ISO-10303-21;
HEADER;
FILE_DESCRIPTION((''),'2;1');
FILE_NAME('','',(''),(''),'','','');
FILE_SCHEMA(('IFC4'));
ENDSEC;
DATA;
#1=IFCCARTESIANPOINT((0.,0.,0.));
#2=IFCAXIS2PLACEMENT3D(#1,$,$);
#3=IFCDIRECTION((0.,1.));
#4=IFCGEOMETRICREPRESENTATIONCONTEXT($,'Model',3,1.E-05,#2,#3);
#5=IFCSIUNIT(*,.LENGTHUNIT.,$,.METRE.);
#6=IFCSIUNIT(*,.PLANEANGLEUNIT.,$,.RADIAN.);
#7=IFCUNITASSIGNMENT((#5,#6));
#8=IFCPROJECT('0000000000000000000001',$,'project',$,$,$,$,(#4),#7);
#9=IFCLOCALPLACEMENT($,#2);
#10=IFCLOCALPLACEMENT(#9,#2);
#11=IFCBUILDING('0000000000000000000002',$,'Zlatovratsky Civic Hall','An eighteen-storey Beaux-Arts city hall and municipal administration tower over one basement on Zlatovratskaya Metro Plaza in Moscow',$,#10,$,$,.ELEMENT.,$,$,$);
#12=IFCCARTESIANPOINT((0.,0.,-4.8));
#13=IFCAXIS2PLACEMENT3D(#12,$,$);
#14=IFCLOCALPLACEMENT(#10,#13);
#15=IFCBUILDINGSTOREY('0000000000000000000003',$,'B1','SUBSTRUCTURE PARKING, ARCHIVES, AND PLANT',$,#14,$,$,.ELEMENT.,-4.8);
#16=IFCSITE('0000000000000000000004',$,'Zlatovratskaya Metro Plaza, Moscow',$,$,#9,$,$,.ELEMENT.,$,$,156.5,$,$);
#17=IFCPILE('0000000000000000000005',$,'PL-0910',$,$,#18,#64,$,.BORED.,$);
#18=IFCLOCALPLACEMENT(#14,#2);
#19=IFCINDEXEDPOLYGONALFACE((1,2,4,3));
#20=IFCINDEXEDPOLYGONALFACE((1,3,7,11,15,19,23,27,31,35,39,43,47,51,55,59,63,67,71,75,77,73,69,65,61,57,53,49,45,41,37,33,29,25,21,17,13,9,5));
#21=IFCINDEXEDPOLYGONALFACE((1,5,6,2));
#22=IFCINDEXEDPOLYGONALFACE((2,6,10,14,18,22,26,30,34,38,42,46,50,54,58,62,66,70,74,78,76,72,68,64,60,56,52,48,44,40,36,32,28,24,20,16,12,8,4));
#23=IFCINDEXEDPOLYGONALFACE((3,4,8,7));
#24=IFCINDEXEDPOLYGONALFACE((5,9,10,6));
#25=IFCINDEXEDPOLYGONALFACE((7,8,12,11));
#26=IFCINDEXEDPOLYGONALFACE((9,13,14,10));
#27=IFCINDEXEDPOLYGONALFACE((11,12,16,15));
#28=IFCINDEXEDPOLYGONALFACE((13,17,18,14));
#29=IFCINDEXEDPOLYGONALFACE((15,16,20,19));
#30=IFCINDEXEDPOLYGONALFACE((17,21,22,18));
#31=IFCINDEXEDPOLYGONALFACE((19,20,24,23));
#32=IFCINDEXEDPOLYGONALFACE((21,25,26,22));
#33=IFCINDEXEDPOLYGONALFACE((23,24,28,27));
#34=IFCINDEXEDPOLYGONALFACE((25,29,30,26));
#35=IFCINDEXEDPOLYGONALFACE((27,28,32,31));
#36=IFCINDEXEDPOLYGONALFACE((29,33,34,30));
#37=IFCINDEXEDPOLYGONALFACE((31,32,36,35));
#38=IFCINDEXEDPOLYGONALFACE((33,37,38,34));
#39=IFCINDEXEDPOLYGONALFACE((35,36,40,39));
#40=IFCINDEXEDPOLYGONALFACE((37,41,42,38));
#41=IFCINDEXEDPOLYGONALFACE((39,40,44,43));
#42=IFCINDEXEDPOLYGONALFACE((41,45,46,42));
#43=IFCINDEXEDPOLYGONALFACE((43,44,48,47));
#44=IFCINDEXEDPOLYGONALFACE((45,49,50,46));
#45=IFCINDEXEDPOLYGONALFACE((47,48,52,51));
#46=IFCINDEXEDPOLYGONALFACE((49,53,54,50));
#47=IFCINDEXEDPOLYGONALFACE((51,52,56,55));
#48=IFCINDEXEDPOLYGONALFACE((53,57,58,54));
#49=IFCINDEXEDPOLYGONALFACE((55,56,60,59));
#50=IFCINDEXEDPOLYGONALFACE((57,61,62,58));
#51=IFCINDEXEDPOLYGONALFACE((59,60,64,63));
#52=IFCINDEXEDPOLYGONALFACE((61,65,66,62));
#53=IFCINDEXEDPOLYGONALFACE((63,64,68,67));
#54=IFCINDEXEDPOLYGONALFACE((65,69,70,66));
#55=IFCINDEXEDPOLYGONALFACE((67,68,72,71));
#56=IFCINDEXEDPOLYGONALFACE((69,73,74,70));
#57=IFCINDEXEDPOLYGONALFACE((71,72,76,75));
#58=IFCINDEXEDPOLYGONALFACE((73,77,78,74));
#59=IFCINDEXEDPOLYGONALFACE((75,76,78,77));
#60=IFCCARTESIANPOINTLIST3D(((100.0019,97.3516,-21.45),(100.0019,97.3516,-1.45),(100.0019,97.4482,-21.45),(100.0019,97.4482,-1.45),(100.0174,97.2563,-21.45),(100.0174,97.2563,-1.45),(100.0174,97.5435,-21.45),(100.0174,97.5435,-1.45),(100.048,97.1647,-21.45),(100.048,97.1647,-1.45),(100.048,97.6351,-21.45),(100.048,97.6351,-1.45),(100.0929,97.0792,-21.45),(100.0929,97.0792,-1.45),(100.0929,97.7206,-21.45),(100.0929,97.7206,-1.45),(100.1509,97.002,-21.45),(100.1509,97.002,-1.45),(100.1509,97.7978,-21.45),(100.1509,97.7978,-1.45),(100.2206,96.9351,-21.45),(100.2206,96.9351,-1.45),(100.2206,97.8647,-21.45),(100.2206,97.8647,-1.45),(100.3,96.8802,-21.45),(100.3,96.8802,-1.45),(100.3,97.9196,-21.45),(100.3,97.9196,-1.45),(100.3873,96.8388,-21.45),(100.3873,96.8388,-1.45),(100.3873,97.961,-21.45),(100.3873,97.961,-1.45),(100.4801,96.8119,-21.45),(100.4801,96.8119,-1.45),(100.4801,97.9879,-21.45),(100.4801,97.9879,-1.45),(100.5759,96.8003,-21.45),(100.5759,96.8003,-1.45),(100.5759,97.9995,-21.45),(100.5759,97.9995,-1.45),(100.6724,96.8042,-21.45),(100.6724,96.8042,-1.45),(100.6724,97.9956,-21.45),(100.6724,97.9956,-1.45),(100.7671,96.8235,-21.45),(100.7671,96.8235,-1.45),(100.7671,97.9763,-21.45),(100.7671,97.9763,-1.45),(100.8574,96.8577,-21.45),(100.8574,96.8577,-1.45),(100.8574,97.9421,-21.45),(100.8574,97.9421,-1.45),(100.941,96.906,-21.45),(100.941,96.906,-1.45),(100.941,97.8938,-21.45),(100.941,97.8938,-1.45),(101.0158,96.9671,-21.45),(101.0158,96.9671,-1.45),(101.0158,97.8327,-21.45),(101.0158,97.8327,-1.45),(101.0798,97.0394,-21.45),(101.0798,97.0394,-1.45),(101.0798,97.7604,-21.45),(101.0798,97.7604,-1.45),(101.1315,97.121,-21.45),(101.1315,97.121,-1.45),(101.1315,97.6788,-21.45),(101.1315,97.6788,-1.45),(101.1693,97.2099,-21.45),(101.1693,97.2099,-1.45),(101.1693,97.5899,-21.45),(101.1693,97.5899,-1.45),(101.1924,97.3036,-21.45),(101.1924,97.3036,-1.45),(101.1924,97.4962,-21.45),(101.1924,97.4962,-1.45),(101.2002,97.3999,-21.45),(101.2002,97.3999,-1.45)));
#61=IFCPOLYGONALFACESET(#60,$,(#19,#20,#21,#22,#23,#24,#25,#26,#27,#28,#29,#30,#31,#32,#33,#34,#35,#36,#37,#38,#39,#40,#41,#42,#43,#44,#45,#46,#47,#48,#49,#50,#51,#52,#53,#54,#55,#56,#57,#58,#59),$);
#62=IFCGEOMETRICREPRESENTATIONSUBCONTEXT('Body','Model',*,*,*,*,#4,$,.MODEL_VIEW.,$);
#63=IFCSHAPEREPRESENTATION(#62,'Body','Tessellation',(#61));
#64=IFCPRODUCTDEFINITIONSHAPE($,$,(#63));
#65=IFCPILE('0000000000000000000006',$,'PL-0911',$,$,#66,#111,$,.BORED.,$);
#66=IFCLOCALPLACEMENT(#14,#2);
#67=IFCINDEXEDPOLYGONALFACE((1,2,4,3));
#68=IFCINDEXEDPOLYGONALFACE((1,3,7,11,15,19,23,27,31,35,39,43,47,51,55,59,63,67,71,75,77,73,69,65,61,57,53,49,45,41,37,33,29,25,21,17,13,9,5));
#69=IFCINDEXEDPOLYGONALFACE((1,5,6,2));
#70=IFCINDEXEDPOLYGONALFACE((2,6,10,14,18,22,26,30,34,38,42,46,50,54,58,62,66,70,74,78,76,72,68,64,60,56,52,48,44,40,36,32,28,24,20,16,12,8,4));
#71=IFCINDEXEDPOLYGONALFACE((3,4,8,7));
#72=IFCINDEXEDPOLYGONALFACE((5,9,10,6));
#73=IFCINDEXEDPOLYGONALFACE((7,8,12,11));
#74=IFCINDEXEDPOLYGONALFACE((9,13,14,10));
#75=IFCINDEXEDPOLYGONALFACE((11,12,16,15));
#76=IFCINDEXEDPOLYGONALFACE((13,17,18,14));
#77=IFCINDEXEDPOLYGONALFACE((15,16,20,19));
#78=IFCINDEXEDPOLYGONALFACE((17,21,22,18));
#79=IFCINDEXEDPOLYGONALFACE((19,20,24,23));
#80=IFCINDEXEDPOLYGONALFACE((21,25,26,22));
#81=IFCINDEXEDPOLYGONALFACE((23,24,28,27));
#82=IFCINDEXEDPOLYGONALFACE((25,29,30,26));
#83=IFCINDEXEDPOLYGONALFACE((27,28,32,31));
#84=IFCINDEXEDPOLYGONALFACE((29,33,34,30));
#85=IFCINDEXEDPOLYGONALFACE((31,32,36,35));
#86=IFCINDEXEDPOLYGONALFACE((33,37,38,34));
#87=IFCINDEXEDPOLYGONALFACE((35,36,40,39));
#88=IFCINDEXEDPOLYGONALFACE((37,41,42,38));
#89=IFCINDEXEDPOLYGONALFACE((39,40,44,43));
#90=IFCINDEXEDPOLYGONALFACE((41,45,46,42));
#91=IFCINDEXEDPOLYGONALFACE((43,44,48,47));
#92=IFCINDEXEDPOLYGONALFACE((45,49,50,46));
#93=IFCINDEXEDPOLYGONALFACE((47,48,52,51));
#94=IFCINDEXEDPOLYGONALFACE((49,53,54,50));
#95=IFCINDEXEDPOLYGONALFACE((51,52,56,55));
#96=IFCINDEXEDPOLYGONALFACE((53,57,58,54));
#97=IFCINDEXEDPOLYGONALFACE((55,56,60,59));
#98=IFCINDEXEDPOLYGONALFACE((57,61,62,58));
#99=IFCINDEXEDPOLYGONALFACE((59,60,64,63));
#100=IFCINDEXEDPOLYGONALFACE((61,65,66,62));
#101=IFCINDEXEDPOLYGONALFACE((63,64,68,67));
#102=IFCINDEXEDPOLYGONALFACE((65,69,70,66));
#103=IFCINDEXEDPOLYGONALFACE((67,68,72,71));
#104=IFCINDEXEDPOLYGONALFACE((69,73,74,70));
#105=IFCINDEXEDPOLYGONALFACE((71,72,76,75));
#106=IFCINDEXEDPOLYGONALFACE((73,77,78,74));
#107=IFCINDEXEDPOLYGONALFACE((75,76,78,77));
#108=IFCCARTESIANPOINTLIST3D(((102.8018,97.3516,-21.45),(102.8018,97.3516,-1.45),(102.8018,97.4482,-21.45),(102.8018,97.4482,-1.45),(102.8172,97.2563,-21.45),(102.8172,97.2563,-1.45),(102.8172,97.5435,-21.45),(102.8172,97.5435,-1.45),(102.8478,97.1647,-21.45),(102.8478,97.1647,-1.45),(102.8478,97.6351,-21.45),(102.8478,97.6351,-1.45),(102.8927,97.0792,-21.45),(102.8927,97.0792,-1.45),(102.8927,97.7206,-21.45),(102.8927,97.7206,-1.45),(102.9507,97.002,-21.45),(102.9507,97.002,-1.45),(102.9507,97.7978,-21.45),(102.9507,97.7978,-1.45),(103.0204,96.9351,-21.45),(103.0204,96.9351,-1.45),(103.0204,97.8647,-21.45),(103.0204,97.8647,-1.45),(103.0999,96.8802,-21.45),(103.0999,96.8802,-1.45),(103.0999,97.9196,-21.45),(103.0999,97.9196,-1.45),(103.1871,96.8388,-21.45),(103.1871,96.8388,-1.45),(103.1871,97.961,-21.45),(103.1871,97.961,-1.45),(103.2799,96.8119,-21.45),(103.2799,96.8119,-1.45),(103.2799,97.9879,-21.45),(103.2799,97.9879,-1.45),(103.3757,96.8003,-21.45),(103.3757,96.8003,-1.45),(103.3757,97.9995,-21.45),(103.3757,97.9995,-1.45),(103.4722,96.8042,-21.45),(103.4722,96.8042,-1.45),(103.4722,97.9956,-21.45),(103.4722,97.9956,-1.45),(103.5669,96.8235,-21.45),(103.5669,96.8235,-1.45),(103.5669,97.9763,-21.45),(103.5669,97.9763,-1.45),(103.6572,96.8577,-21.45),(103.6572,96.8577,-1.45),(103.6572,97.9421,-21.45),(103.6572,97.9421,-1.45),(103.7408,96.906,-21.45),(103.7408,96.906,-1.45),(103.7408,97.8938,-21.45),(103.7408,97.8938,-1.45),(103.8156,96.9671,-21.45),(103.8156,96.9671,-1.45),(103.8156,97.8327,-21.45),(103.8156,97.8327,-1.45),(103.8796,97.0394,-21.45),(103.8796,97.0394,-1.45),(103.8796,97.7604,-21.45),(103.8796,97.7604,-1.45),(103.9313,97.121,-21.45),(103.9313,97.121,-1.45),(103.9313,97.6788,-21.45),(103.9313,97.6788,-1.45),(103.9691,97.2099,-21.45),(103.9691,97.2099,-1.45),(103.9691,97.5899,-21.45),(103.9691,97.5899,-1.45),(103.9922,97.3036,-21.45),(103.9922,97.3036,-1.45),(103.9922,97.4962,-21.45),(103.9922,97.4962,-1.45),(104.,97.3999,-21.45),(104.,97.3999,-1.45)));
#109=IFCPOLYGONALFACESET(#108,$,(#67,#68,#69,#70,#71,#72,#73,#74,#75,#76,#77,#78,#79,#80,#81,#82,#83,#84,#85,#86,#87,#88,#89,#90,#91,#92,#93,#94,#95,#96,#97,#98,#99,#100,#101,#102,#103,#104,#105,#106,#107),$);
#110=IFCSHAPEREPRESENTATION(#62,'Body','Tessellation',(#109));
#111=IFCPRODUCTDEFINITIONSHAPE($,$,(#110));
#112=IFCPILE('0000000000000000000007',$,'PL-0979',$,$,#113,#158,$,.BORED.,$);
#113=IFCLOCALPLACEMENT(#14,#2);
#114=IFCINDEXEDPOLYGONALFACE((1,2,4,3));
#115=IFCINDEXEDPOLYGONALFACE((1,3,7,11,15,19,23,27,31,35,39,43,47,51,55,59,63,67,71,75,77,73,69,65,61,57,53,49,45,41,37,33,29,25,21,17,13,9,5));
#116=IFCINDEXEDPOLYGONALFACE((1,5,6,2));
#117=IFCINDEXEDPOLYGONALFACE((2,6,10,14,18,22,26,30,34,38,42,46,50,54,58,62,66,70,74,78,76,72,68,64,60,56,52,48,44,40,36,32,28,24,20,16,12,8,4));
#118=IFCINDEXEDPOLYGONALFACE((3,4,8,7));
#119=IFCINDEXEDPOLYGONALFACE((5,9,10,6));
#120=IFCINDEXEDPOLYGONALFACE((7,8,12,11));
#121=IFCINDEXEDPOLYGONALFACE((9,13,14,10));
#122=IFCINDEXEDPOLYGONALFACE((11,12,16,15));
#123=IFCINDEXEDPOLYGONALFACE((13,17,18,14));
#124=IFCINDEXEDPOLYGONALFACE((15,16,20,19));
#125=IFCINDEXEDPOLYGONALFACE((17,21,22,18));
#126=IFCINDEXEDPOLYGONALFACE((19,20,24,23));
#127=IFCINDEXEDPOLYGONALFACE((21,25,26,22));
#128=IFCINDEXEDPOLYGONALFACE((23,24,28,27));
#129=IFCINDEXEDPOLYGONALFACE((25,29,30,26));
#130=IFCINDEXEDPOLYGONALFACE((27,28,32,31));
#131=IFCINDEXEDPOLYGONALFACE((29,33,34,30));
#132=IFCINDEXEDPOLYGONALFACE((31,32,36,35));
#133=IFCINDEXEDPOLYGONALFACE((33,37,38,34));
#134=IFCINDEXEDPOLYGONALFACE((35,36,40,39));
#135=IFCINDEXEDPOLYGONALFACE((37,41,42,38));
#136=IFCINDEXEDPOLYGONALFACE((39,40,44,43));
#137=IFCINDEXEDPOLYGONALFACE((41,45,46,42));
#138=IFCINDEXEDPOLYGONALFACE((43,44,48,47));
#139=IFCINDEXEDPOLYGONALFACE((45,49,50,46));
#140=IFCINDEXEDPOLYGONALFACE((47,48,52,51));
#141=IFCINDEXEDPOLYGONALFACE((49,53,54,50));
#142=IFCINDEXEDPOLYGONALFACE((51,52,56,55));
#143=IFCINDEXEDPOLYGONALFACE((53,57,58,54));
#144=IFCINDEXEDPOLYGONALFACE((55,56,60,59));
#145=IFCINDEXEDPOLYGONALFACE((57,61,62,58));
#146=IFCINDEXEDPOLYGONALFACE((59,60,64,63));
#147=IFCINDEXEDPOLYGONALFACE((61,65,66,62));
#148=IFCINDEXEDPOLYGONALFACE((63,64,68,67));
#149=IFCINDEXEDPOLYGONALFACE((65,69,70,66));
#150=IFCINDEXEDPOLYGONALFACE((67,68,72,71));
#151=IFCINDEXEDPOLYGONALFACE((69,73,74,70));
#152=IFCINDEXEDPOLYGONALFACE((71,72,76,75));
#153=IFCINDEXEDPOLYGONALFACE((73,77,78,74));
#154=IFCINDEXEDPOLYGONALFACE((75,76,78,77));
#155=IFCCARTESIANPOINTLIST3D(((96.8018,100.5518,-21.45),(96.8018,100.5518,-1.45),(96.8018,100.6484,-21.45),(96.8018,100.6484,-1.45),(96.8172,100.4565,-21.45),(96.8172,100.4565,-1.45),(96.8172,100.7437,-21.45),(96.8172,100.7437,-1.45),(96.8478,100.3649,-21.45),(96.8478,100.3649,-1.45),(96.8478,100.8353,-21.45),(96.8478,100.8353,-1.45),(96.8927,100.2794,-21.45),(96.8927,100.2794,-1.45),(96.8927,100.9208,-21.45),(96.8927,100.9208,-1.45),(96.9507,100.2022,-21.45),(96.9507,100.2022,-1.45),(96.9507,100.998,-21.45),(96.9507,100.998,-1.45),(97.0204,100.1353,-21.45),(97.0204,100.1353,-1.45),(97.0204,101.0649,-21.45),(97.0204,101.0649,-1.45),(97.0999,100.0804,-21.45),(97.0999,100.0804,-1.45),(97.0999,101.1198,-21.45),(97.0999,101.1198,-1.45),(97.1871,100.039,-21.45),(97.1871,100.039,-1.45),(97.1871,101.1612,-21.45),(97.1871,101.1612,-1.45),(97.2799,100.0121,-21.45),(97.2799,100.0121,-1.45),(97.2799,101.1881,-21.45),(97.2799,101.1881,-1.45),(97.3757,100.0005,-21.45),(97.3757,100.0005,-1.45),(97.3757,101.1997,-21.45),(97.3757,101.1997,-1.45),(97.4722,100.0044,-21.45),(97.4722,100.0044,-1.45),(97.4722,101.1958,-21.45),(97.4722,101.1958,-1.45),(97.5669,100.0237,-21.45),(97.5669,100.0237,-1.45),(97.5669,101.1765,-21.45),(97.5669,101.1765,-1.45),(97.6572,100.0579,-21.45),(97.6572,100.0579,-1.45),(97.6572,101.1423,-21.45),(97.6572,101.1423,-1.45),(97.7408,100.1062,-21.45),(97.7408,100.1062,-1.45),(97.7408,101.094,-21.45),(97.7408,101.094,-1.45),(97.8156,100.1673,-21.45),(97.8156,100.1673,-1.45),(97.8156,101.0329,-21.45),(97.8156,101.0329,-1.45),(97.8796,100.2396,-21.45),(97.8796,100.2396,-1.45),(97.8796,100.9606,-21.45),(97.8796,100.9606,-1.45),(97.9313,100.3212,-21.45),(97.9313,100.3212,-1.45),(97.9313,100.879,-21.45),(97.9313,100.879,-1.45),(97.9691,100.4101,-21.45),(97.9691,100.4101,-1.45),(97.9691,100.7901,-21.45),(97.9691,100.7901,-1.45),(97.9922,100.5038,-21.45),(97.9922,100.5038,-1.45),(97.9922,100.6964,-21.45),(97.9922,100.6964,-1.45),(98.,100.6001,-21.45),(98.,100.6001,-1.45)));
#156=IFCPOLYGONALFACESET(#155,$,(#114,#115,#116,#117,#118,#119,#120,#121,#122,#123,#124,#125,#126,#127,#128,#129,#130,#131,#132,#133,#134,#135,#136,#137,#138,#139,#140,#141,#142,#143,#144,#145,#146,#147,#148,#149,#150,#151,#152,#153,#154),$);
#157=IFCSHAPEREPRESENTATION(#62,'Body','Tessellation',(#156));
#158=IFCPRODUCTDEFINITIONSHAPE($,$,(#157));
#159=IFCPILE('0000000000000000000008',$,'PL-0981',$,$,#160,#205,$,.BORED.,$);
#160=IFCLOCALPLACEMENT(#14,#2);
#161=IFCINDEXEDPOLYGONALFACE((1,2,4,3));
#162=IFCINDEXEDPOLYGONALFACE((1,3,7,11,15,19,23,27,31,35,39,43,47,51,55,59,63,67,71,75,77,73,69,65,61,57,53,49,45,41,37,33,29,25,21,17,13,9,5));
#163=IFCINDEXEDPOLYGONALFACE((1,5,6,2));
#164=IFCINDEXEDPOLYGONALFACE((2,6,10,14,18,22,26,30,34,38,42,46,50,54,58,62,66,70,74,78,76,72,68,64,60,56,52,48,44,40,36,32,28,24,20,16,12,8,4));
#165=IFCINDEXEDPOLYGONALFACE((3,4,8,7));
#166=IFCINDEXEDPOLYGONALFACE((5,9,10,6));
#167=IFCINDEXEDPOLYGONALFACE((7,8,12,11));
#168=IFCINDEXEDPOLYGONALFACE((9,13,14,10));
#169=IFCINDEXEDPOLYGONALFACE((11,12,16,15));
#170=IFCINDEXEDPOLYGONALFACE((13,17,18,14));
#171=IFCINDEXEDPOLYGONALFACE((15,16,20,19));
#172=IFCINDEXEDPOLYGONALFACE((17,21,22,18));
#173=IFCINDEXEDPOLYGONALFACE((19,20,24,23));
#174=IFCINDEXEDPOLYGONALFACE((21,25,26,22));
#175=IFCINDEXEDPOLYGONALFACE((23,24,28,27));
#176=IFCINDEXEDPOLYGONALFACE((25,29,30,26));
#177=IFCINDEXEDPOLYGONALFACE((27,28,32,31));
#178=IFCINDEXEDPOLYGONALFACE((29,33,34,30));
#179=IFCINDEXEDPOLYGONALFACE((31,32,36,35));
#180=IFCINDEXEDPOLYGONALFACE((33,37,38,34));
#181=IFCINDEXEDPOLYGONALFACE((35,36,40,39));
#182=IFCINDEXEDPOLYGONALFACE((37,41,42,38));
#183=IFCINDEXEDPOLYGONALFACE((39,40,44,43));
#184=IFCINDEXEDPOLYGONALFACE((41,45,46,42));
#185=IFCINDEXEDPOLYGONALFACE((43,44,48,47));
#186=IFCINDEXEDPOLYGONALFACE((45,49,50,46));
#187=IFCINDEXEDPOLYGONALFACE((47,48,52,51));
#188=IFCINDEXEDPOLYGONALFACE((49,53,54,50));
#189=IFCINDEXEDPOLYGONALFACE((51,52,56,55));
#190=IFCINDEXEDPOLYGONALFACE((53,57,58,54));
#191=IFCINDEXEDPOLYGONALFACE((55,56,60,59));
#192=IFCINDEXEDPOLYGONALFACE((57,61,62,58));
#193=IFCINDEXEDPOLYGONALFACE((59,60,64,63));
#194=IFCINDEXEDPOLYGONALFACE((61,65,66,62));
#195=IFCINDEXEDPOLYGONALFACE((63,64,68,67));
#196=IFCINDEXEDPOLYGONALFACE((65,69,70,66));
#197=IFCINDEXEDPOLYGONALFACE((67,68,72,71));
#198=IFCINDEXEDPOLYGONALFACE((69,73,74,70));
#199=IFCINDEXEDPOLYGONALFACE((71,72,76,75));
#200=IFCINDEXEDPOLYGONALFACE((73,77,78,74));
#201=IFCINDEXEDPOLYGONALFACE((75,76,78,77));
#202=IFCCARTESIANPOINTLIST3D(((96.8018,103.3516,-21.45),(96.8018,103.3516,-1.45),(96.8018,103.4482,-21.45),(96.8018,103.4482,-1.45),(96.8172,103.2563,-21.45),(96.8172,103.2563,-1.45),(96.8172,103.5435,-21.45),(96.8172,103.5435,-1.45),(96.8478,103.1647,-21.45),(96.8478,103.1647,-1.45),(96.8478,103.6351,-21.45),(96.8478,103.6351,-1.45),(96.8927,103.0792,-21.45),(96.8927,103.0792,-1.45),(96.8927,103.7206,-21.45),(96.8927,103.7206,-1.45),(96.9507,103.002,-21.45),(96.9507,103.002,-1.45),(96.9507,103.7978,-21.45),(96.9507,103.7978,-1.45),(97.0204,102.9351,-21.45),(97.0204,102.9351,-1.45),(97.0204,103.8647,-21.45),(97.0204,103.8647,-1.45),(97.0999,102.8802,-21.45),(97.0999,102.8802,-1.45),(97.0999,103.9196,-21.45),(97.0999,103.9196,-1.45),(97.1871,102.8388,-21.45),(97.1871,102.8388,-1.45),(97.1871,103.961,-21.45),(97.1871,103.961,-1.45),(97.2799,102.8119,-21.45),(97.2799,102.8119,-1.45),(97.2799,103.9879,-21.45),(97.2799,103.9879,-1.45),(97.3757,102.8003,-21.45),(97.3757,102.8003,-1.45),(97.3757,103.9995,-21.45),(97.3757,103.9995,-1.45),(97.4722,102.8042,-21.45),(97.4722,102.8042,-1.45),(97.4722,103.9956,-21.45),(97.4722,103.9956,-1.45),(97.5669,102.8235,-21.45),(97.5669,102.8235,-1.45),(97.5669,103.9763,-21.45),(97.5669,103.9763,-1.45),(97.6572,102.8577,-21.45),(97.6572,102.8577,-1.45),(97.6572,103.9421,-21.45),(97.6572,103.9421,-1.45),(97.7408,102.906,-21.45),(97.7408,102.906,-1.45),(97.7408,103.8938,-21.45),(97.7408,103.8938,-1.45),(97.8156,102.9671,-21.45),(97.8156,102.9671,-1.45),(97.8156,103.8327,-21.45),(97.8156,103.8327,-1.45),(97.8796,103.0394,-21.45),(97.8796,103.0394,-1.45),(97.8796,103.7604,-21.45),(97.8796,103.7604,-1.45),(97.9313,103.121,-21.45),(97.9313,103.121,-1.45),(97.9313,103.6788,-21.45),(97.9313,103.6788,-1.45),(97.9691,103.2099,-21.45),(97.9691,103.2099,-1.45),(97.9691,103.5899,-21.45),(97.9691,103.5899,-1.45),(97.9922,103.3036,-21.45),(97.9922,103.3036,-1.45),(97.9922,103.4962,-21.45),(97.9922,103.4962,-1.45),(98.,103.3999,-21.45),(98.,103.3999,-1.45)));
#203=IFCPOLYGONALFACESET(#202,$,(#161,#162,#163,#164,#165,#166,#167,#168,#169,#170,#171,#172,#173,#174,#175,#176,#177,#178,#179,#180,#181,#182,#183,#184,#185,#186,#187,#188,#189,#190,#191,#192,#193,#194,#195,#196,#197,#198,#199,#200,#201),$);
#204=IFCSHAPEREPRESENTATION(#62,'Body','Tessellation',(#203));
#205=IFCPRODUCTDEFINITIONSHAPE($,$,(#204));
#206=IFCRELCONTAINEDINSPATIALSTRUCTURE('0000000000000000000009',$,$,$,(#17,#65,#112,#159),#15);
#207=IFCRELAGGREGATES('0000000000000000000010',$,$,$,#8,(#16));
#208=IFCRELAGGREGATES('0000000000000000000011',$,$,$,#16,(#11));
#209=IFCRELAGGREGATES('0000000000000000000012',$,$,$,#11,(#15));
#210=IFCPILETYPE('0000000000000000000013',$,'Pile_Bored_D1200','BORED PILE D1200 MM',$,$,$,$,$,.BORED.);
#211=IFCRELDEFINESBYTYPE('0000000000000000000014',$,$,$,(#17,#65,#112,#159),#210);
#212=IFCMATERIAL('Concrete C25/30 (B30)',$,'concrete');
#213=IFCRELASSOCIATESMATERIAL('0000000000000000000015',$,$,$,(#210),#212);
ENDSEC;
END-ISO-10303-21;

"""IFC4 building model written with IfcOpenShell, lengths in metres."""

from ifc_helpers import new_model, si_unit, direction, frame, origin, origin_2d, place, context, subcontext, project, spatial, circle, extrude, material, material_profile, profile_set, type_object, element, save


model = new_model("IFC4")

# Units and contexts
model_context = context("Model", 3, precision=1e-05, world=origin(), true_north=direction((0.0, 1.0)))
body_context = subcontext(model_context, "Body", "Model", "MODEL_VIEW")
ifc_project = project(units=[si_unit("LENGTHUNIT", "METRE"), si_unit("PLANEANGLEUNIT", "RADIAN")], contexts=[model_context])

# Site, building, storey
site_placement = place(None, origin())
site = spatial("IfcSite", under=ifc_project, at=site_placement, Name="Zlatovratskaya Metro Plaza, Moscow", CompositionType="ELEMENT", RefElevation=156.5)
building_placement = place(site_placement, origin())
building = spatial("IfcBuilding", under=site, at=building_placement, Name="Zlatovratsky Civic Hall", Description="An eighteen-storey Beaux-Arts city hall and municipal administration tower over one basement on Zlatovratskaya Metro Plaza in Moscow", CompositionType="ELEMENT")
storey_placement = place(building_placement, frame((0.0, 0.0, -4.8)))
storey = spatial("IfcBuildingStorey", under=building, at=storey_placement, Name="B1", Description="SUBSTRUCTURE PARKING, ARCHIVES, AND PLANT", CompositionType="ELEMENT", Elevation=-4.8)

# Shared definitions
ifc_material_1 = material(Name="Concrete C25/30 (B30)", Category="concrete")

# Piles
ifc_material_profile_1 = material_profile(ifc_material_1, circle(Radius=0.6001, at=origin_2d()), Name="PILE D1200")
ifc_profile_set_1 = profile_set([ifc_material_profile_1], Name="Concrete C25/30 (B30)")
pile_type_1 = type_object("IfcPileType", Name="Pile_Bored_D1200", Description="BORED PILE D1200 MM", PredefinedType="BORED", material=ifc_profile_set_1)
for number, where, z_axis, x_axis, name in (
    (1, (100.6001, 97.3999, -1.45), (0.0, 0.0, -1.0), (1.0, 0.0, 0.0), "PL-0910"),
    (2, (103.3999, 97.3999, -1.45), (0.0, 0.0, -1.0), (1.0, 0.0, 0.0), "PL-0911"),
    (3, (97.3999, 100.6001, -1.45), (0.0, 0.0, -1.0), (1.0, 0.0, 0.0), "PL-0979"),
    (4, (97.3999, 103.3999, -1.45), (0.0, 0.0, -1.0), (1.0, 0.0, 0.0), "PL-0981"),
):
    element("IfcPile", number, at=place(storey_placement, frame(where, z_axis=z_axis, x_axis=x_axis)), inside=storey, type_object=pile_type_1, Name=name, PredefinedType="BORED", context=body_context, shape_type="SweptSolid", body=[
        extrude(circle(Radius=0.6001, at=origin_2d()), origin(), (0.0, 0.0, 1.0), 20.0),
    ])

save(model, "model.ifc")
